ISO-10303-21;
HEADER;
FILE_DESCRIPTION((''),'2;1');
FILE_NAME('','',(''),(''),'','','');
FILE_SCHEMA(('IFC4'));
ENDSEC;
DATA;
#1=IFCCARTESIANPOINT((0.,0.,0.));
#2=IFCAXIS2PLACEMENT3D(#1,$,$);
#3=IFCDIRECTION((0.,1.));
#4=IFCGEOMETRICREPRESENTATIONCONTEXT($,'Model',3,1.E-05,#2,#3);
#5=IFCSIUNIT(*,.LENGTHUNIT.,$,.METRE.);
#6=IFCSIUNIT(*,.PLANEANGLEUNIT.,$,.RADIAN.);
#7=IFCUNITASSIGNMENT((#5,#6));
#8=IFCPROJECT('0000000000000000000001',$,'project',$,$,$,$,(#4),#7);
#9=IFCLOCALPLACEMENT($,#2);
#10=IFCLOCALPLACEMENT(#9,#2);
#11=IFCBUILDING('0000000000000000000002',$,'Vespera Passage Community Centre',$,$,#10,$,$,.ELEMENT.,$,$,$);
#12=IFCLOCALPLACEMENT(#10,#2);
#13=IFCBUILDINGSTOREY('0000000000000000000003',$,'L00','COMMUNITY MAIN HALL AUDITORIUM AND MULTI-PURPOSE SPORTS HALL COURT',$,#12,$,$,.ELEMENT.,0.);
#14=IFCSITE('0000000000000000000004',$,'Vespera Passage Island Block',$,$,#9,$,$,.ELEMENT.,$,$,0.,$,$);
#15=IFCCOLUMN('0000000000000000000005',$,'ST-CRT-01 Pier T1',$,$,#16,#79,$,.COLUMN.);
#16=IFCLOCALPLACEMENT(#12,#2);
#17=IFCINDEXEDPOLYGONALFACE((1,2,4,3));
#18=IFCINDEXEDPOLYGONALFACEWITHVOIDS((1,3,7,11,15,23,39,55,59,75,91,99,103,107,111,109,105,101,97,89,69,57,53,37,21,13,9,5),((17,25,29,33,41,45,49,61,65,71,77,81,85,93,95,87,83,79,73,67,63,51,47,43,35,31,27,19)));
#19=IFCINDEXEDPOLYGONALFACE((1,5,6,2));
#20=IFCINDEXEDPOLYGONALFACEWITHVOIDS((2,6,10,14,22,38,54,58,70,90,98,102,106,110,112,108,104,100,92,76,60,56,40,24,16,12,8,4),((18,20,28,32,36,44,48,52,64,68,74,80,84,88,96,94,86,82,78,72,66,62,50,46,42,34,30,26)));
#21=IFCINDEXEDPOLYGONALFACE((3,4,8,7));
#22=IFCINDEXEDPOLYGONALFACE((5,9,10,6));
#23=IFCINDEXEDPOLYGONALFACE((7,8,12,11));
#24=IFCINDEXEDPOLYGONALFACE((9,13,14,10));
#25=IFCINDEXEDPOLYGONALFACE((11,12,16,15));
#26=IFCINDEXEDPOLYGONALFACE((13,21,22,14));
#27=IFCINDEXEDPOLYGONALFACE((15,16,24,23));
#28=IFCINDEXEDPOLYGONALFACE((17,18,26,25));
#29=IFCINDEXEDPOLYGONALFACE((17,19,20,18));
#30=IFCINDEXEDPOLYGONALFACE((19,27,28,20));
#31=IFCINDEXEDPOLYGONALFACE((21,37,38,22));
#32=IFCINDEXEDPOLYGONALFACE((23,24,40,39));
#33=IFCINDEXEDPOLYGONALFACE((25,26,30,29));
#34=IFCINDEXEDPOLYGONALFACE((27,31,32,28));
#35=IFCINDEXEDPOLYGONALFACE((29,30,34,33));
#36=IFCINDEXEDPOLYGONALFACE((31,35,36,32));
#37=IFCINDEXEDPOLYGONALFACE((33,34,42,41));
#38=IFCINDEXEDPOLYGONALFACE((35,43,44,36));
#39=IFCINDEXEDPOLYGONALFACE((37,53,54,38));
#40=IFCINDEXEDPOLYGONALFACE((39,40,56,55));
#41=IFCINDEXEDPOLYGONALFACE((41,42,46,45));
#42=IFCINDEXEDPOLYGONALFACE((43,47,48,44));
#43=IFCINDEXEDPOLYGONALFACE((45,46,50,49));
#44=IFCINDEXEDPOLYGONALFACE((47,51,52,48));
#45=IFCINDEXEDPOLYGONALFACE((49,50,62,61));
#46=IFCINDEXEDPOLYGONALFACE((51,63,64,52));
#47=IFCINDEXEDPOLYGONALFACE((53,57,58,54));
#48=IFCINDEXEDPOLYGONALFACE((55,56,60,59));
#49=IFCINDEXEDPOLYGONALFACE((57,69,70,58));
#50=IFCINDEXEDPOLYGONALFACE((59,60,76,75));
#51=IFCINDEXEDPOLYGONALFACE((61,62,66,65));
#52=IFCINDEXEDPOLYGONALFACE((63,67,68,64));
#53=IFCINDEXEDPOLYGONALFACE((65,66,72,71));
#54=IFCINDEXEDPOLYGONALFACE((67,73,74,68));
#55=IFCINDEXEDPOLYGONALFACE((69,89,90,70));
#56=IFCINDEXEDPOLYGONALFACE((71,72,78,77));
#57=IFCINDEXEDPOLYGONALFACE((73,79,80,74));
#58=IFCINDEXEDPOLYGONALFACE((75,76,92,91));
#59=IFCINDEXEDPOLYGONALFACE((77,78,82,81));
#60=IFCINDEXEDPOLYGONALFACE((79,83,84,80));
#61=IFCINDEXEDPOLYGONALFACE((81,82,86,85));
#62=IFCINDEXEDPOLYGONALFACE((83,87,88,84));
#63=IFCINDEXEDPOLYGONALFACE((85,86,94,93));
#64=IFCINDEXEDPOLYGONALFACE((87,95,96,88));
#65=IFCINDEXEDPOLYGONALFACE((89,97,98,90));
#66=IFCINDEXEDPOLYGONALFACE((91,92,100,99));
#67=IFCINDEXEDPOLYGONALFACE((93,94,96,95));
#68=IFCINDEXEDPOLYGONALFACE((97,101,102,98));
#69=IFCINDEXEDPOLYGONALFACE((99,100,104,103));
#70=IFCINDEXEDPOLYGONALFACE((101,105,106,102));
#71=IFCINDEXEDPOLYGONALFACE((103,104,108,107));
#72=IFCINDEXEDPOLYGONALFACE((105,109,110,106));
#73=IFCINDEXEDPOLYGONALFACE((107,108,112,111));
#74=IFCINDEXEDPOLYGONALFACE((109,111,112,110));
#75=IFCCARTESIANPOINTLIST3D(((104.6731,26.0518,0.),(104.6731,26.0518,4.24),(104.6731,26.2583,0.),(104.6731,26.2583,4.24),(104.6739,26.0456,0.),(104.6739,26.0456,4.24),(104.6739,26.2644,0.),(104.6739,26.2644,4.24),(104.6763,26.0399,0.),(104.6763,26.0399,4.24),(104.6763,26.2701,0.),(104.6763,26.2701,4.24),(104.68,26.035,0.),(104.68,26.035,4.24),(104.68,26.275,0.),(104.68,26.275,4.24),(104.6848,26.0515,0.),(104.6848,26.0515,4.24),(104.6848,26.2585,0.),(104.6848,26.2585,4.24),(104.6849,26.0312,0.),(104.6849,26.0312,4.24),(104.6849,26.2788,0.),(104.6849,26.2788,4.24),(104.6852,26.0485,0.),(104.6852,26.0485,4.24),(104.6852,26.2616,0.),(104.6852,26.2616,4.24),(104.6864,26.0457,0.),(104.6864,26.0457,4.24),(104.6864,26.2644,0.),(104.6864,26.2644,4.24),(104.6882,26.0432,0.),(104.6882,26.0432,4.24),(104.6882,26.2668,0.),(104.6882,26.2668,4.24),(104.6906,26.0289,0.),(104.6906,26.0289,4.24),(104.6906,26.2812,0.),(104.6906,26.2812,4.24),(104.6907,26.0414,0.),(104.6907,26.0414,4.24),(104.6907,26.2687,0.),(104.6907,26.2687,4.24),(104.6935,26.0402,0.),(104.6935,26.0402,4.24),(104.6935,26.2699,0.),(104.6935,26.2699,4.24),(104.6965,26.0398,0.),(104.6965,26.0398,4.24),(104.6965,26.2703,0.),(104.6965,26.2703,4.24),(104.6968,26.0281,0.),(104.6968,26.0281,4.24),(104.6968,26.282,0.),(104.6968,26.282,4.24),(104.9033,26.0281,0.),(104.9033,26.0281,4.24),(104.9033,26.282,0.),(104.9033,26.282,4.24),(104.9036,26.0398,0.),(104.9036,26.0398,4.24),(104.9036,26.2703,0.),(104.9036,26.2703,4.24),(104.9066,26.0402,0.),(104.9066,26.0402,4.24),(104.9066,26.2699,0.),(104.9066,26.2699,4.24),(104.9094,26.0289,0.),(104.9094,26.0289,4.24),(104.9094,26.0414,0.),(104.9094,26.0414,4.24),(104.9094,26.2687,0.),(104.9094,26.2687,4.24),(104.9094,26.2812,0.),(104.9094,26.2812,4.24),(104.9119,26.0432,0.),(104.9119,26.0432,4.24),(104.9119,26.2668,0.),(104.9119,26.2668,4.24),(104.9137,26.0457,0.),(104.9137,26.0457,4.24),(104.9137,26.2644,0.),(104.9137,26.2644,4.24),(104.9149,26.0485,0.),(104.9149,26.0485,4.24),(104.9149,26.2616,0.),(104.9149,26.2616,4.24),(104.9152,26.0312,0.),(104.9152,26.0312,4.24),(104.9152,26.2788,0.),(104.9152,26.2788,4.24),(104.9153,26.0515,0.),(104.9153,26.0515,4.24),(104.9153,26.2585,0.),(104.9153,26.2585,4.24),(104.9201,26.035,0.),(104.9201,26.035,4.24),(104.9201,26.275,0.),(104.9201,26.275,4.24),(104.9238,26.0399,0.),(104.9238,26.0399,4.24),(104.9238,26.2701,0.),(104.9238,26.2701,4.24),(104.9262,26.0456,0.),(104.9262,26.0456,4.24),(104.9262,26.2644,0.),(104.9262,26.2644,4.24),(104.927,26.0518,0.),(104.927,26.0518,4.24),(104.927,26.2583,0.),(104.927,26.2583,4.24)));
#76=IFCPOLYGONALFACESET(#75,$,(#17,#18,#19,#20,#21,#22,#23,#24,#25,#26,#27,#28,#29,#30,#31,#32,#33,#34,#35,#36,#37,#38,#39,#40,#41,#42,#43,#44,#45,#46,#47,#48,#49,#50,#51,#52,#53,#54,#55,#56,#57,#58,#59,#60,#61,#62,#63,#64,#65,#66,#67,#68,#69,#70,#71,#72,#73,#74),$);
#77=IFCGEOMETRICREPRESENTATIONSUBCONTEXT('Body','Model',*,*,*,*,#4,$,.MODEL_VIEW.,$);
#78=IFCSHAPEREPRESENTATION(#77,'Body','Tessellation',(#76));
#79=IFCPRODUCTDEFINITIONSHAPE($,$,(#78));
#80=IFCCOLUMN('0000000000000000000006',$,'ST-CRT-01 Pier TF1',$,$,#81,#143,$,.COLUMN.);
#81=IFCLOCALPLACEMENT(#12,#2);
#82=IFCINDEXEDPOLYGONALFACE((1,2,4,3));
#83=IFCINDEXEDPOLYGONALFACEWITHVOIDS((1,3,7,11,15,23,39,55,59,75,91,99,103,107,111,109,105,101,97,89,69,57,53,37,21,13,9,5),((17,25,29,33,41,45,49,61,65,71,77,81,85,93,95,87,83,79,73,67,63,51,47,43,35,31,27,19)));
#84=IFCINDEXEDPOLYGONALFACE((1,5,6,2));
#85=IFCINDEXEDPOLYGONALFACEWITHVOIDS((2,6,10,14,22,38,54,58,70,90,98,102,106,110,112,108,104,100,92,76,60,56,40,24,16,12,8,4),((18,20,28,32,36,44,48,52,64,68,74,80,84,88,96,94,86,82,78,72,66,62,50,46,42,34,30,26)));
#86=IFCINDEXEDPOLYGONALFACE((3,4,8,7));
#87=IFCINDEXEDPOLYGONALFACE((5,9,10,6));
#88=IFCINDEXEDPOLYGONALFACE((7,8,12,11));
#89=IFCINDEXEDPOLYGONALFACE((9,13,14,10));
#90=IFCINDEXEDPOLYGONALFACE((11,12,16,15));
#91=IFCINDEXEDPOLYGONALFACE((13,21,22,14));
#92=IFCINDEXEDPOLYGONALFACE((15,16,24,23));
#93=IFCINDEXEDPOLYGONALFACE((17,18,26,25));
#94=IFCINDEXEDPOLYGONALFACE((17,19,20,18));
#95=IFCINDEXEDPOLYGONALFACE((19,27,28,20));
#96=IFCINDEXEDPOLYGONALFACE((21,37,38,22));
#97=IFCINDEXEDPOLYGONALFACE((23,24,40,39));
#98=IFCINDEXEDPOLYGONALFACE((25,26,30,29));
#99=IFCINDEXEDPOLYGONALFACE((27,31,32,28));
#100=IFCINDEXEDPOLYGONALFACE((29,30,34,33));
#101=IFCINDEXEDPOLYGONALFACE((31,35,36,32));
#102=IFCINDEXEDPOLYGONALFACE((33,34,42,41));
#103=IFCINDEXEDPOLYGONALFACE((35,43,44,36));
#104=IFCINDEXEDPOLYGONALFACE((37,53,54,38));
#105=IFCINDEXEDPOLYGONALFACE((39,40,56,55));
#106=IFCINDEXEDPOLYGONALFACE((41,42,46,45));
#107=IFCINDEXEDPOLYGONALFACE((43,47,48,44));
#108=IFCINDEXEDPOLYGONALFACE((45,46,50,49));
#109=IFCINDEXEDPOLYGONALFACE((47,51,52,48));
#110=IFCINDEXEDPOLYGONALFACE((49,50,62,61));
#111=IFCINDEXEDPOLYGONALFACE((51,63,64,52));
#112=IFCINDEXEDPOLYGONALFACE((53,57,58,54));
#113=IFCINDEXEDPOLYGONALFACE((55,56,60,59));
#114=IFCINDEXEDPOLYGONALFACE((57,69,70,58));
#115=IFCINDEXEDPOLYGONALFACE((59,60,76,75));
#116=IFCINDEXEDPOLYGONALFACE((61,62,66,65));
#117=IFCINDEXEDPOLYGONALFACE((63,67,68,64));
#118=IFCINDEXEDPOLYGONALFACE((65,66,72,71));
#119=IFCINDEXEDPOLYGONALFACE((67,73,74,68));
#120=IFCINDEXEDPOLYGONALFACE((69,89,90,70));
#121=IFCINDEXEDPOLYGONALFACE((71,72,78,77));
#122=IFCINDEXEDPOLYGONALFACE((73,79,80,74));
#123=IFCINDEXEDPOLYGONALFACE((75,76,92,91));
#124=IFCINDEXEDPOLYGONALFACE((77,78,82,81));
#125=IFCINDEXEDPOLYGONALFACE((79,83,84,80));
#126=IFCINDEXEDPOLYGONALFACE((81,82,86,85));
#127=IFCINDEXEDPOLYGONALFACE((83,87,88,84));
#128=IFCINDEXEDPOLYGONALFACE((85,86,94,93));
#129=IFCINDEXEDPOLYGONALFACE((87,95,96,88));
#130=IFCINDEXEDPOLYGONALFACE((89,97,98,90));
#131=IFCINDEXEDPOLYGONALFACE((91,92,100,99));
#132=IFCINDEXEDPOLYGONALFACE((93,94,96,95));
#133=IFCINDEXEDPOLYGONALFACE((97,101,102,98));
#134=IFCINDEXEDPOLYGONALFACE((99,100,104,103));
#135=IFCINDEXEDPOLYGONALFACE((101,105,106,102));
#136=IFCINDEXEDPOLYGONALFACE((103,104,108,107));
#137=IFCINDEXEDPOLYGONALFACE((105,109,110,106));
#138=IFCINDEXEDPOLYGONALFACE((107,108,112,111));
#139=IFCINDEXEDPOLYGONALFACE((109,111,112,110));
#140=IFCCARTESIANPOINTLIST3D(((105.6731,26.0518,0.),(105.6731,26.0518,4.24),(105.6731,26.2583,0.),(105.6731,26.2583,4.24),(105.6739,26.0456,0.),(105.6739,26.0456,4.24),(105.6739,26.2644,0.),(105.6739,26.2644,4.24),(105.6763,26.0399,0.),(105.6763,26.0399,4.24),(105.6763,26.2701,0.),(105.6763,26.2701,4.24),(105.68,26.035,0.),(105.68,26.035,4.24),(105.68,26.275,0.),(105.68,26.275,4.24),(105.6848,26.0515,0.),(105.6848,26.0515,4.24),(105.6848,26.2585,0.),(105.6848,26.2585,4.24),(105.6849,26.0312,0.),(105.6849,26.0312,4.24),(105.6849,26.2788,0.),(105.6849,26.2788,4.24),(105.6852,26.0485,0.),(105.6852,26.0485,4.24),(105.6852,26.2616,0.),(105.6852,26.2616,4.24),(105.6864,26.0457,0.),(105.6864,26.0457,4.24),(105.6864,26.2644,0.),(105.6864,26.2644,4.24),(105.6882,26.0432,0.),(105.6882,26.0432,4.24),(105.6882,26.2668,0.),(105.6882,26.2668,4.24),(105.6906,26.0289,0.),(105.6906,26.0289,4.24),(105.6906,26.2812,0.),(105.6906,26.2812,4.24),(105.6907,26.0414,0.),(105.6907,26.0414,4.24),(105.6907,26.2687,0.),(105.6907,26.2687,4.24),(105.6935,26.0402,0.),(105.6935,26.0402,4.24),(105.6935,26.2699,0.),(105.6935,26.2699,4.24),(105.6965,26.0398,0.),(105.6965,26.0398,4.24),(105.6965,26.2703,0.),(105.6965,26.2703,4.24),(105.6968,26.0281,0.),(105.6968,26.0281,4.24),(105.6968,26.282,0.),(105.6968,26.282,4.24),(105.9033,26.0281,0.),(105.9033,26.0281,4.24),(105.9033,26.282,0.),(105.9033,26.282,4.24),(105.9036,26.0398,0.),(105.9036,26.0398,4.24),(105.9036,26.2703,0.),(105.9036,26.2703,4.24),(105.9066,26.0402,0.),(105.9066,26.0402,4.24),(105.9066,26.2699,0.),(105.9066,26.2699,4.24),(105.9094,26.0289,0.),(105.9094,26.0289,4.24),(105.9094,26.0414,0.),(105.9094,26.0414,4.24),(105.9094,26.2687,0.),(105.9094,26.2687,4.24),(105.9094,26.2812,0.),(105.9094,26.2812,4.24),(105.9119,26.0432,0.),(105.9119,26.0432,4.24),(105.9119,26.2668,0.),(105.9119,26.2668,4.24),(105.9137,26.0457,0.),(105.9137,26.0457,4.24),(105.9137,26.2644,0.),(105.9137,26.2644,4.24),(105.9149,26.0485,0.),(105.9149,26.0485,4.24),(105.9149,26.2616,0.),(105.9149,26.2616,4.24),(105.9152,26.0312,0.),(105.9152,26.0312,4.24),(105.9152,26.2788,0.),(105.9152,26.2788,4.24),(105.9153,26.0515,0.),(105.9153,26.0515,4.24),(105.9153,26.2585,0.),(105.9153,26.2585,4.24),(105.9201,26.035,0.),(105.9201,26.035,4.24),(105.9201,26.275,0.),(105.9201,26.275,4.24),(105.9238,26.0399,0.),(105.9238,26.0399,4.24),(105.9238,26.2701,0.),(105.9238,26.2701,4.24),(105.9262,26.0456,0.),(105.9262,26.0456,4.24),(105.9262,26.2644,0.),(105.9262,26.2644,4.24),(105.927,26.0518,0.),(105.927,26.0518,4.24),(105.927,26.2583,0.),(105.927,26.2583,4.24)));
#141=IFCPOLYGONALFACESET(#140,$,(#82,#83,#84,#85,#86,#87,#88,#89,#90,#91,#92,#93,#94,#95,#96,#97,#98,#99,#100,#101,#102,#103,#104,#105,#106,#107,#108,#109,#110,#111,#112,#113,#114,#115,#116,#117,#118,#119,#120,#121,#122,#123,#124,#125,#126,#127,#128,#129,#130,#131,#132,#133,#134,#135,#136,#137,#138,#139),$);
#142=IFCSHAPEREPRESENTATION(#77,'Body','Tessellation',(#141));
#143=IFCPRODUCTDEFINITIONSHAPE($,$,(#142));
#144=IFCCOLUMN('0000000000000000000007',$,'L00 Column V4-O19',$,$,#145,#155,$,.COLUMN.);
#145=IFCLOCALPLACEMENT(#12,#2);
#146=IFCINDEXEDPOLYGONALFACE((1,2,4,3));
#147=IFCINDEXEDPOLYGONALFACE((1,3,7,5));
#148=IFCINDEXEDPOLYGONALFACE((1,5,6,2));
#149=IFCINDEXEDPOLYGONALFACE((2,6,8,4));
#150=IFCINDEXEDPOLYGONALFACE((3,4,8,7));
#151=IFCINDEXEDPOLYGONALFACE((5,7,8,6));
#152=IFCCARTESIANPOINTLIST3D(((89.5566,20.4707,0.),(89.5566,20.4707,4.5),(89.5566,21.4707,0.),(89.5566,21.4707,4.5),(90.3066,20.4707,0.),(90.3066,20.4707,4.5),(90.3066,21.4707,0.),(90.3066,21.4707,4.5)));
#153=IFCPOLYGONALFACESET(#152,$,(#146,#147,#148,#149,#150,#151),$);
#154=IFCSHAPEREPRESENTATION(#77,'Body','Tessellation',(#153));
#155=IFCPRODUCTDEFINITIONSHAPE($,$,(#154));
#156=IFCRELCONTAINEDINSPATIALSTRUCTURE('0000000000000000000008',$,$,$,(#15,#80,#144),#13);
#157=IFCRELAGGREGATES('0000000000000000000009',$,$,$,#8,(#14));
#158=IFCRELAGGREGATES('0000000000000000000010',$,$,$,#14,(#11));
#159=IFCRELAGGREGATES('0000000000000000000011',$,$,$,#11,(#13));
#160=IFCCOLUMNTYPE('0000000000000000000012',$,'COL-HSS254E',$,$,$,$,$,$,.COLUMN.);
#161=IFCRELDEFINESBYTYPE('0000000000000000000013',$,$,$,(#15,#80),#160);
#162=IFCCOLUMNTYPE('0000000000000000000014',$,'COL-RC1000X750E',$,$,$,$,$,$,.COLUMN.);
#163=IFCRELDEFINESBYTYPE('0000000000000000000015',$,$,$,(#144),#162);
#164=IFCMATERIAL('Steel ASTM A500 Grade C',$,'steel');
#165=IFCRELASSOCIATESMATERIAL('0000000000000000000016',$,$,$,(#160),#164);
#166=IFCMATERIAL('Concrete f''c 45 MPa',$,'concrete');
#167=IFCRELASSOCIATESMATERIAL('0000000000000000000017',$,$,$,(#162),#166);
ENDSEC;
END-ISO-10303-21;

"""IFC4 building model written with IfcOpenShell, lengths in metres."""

from ifc_helpers import new_model, si_unit, direction, frame, origin, origin_2d, place, context, subcontext, project, spatial, rectangle, hollow_rectangle, extrude, material, material_profile, profile_set, type_object, element, save


model = new_model("IFC4")

# Units and contexts
model_context = context("Model", 3, precision=1e-05, world=origin(), true_north=direction((0.0, 1.0)))
body_context = subcontext(model_context, "Body", "Model", "MODEL_VIEW")
ifc_project = project(units=[si_unit("LENGTHUNIT", "METRE"), si_unit("PLANEANGLEUNIT", "RADIAN")], contexts=[model_context])

# Site, building, storey
site_placement = place(None, origin())
site = spatial("IfcSite", under=ifc_project, at=site_placement, Name="Vespera Passage Island Block", CompositionType="ELEMENT", RefElevation=0.0)
building_placement = place(site_placement, origin())
building = spatial("IfcBuilding", under=site, at=building_placement, Name="Vespera Passage Community Centre", CompositionType="ELEMENT")
storey_placement = place(building_placement, origin())
storey = spatial("IfcBuildingStorey", under=building, at=storey_placement, Name="L00", Description="COMMUNITY MAIN HALL AUDITORIUM AND MULTI-PURPOSE SPORTS HALL COURT", CompositionType="ELEMENT", Elevation=0.0)

# Columns
ifc_material_1 = material(Name="Steel ASTM A500 Grade C", Category="steel")
ifc_material_profile_1 = material_profile(ifc_material_1, hollow_rectangle(XDim=0.2539, YDim=0.2539, WallThickness=0.0117, InnerFilletRadius=0.0117, OuterFilletRadius=0.0237, at=origin_2d()), Name="HSS254X254X12.7")
ifc_profile_set_1 = profile_set([ifc_material_profile_1], Name="Steel ASTM A500 Grade C")
column_type_1 = type_object("IfcColumnType", Name="COL-HSS254E", PredefinedType="COLUMN", material=ifc_profile_set_1)
for number, where, z_axis, x_axis, name in (
    (1, (104.8, 26.155, 0.0), (0.0, 0.0, 1.0), (1.0, 0.0, 0.0), "ST-CRT-01 Pier T1"),
    (2, (105.8, 26.155, 0.0), (0.0, 0.0, 1.0), (1.0, 0.0, 0.0), "ST-CRT-01 Pier TF1"),
):
    element("IfcColumn", number, at=place(storey_placement, frame(where, z_axis=z_axis, x_axis=x_axis)), inside=storey, type_object=column_type_1, Name=name, PredefinedType="COLUMN", context=body_context, shape_type="SweptSolid", body=[
        extrude(hollow_rectangle(XDim=0.2539, YDim=0.2539, WallThickness=0.0117, InnerFilletRadius=0.0117, OuterFilletRadius=0.0237, at=origin_2d()), origin(), (0.0, 0.0, 1.0), 4.24),
    ])
ifc_material_2 = material(Name="Concrete f'c 45 MPa", Category="concrete")
ifc_material_profile_2 = material_profile(ifc_material_2, rectangle(XDim=0.75, YDim=1.0, at=origin_2d()), Name="RC1000X750")
ifc_profile_set_2 = profile_set([ifc_material_profile_2], Name="Concrete f'c 45 MPa")
column_type_2 = type_object("IfcColumnType", Name="COL-RC1000X750E", PredefinedType="COLUMN", material=ifc_profile_set_2)
column_placement = place(storey_placement, frame((89.9316, 20.9707, 0.0), z_axis=(0.0, 0.0, 1.0), x_axis=(1.0, 0.0, 0.0)))
element("IfcColumn", 3, at=column_placement, inside=storey, type_object=column_type_2, Name="L00 Column V4-O19", PredefinedType="COLUMN", context=body_context, shape_type="SweptSolid", body=[
    extrude(rectangle(XDim=0.75, YDim=1.0, at=origin_2d()), origin(), (0.0, 0.0, 1.0), 4.5),
])

save(model, "model.ifc")
